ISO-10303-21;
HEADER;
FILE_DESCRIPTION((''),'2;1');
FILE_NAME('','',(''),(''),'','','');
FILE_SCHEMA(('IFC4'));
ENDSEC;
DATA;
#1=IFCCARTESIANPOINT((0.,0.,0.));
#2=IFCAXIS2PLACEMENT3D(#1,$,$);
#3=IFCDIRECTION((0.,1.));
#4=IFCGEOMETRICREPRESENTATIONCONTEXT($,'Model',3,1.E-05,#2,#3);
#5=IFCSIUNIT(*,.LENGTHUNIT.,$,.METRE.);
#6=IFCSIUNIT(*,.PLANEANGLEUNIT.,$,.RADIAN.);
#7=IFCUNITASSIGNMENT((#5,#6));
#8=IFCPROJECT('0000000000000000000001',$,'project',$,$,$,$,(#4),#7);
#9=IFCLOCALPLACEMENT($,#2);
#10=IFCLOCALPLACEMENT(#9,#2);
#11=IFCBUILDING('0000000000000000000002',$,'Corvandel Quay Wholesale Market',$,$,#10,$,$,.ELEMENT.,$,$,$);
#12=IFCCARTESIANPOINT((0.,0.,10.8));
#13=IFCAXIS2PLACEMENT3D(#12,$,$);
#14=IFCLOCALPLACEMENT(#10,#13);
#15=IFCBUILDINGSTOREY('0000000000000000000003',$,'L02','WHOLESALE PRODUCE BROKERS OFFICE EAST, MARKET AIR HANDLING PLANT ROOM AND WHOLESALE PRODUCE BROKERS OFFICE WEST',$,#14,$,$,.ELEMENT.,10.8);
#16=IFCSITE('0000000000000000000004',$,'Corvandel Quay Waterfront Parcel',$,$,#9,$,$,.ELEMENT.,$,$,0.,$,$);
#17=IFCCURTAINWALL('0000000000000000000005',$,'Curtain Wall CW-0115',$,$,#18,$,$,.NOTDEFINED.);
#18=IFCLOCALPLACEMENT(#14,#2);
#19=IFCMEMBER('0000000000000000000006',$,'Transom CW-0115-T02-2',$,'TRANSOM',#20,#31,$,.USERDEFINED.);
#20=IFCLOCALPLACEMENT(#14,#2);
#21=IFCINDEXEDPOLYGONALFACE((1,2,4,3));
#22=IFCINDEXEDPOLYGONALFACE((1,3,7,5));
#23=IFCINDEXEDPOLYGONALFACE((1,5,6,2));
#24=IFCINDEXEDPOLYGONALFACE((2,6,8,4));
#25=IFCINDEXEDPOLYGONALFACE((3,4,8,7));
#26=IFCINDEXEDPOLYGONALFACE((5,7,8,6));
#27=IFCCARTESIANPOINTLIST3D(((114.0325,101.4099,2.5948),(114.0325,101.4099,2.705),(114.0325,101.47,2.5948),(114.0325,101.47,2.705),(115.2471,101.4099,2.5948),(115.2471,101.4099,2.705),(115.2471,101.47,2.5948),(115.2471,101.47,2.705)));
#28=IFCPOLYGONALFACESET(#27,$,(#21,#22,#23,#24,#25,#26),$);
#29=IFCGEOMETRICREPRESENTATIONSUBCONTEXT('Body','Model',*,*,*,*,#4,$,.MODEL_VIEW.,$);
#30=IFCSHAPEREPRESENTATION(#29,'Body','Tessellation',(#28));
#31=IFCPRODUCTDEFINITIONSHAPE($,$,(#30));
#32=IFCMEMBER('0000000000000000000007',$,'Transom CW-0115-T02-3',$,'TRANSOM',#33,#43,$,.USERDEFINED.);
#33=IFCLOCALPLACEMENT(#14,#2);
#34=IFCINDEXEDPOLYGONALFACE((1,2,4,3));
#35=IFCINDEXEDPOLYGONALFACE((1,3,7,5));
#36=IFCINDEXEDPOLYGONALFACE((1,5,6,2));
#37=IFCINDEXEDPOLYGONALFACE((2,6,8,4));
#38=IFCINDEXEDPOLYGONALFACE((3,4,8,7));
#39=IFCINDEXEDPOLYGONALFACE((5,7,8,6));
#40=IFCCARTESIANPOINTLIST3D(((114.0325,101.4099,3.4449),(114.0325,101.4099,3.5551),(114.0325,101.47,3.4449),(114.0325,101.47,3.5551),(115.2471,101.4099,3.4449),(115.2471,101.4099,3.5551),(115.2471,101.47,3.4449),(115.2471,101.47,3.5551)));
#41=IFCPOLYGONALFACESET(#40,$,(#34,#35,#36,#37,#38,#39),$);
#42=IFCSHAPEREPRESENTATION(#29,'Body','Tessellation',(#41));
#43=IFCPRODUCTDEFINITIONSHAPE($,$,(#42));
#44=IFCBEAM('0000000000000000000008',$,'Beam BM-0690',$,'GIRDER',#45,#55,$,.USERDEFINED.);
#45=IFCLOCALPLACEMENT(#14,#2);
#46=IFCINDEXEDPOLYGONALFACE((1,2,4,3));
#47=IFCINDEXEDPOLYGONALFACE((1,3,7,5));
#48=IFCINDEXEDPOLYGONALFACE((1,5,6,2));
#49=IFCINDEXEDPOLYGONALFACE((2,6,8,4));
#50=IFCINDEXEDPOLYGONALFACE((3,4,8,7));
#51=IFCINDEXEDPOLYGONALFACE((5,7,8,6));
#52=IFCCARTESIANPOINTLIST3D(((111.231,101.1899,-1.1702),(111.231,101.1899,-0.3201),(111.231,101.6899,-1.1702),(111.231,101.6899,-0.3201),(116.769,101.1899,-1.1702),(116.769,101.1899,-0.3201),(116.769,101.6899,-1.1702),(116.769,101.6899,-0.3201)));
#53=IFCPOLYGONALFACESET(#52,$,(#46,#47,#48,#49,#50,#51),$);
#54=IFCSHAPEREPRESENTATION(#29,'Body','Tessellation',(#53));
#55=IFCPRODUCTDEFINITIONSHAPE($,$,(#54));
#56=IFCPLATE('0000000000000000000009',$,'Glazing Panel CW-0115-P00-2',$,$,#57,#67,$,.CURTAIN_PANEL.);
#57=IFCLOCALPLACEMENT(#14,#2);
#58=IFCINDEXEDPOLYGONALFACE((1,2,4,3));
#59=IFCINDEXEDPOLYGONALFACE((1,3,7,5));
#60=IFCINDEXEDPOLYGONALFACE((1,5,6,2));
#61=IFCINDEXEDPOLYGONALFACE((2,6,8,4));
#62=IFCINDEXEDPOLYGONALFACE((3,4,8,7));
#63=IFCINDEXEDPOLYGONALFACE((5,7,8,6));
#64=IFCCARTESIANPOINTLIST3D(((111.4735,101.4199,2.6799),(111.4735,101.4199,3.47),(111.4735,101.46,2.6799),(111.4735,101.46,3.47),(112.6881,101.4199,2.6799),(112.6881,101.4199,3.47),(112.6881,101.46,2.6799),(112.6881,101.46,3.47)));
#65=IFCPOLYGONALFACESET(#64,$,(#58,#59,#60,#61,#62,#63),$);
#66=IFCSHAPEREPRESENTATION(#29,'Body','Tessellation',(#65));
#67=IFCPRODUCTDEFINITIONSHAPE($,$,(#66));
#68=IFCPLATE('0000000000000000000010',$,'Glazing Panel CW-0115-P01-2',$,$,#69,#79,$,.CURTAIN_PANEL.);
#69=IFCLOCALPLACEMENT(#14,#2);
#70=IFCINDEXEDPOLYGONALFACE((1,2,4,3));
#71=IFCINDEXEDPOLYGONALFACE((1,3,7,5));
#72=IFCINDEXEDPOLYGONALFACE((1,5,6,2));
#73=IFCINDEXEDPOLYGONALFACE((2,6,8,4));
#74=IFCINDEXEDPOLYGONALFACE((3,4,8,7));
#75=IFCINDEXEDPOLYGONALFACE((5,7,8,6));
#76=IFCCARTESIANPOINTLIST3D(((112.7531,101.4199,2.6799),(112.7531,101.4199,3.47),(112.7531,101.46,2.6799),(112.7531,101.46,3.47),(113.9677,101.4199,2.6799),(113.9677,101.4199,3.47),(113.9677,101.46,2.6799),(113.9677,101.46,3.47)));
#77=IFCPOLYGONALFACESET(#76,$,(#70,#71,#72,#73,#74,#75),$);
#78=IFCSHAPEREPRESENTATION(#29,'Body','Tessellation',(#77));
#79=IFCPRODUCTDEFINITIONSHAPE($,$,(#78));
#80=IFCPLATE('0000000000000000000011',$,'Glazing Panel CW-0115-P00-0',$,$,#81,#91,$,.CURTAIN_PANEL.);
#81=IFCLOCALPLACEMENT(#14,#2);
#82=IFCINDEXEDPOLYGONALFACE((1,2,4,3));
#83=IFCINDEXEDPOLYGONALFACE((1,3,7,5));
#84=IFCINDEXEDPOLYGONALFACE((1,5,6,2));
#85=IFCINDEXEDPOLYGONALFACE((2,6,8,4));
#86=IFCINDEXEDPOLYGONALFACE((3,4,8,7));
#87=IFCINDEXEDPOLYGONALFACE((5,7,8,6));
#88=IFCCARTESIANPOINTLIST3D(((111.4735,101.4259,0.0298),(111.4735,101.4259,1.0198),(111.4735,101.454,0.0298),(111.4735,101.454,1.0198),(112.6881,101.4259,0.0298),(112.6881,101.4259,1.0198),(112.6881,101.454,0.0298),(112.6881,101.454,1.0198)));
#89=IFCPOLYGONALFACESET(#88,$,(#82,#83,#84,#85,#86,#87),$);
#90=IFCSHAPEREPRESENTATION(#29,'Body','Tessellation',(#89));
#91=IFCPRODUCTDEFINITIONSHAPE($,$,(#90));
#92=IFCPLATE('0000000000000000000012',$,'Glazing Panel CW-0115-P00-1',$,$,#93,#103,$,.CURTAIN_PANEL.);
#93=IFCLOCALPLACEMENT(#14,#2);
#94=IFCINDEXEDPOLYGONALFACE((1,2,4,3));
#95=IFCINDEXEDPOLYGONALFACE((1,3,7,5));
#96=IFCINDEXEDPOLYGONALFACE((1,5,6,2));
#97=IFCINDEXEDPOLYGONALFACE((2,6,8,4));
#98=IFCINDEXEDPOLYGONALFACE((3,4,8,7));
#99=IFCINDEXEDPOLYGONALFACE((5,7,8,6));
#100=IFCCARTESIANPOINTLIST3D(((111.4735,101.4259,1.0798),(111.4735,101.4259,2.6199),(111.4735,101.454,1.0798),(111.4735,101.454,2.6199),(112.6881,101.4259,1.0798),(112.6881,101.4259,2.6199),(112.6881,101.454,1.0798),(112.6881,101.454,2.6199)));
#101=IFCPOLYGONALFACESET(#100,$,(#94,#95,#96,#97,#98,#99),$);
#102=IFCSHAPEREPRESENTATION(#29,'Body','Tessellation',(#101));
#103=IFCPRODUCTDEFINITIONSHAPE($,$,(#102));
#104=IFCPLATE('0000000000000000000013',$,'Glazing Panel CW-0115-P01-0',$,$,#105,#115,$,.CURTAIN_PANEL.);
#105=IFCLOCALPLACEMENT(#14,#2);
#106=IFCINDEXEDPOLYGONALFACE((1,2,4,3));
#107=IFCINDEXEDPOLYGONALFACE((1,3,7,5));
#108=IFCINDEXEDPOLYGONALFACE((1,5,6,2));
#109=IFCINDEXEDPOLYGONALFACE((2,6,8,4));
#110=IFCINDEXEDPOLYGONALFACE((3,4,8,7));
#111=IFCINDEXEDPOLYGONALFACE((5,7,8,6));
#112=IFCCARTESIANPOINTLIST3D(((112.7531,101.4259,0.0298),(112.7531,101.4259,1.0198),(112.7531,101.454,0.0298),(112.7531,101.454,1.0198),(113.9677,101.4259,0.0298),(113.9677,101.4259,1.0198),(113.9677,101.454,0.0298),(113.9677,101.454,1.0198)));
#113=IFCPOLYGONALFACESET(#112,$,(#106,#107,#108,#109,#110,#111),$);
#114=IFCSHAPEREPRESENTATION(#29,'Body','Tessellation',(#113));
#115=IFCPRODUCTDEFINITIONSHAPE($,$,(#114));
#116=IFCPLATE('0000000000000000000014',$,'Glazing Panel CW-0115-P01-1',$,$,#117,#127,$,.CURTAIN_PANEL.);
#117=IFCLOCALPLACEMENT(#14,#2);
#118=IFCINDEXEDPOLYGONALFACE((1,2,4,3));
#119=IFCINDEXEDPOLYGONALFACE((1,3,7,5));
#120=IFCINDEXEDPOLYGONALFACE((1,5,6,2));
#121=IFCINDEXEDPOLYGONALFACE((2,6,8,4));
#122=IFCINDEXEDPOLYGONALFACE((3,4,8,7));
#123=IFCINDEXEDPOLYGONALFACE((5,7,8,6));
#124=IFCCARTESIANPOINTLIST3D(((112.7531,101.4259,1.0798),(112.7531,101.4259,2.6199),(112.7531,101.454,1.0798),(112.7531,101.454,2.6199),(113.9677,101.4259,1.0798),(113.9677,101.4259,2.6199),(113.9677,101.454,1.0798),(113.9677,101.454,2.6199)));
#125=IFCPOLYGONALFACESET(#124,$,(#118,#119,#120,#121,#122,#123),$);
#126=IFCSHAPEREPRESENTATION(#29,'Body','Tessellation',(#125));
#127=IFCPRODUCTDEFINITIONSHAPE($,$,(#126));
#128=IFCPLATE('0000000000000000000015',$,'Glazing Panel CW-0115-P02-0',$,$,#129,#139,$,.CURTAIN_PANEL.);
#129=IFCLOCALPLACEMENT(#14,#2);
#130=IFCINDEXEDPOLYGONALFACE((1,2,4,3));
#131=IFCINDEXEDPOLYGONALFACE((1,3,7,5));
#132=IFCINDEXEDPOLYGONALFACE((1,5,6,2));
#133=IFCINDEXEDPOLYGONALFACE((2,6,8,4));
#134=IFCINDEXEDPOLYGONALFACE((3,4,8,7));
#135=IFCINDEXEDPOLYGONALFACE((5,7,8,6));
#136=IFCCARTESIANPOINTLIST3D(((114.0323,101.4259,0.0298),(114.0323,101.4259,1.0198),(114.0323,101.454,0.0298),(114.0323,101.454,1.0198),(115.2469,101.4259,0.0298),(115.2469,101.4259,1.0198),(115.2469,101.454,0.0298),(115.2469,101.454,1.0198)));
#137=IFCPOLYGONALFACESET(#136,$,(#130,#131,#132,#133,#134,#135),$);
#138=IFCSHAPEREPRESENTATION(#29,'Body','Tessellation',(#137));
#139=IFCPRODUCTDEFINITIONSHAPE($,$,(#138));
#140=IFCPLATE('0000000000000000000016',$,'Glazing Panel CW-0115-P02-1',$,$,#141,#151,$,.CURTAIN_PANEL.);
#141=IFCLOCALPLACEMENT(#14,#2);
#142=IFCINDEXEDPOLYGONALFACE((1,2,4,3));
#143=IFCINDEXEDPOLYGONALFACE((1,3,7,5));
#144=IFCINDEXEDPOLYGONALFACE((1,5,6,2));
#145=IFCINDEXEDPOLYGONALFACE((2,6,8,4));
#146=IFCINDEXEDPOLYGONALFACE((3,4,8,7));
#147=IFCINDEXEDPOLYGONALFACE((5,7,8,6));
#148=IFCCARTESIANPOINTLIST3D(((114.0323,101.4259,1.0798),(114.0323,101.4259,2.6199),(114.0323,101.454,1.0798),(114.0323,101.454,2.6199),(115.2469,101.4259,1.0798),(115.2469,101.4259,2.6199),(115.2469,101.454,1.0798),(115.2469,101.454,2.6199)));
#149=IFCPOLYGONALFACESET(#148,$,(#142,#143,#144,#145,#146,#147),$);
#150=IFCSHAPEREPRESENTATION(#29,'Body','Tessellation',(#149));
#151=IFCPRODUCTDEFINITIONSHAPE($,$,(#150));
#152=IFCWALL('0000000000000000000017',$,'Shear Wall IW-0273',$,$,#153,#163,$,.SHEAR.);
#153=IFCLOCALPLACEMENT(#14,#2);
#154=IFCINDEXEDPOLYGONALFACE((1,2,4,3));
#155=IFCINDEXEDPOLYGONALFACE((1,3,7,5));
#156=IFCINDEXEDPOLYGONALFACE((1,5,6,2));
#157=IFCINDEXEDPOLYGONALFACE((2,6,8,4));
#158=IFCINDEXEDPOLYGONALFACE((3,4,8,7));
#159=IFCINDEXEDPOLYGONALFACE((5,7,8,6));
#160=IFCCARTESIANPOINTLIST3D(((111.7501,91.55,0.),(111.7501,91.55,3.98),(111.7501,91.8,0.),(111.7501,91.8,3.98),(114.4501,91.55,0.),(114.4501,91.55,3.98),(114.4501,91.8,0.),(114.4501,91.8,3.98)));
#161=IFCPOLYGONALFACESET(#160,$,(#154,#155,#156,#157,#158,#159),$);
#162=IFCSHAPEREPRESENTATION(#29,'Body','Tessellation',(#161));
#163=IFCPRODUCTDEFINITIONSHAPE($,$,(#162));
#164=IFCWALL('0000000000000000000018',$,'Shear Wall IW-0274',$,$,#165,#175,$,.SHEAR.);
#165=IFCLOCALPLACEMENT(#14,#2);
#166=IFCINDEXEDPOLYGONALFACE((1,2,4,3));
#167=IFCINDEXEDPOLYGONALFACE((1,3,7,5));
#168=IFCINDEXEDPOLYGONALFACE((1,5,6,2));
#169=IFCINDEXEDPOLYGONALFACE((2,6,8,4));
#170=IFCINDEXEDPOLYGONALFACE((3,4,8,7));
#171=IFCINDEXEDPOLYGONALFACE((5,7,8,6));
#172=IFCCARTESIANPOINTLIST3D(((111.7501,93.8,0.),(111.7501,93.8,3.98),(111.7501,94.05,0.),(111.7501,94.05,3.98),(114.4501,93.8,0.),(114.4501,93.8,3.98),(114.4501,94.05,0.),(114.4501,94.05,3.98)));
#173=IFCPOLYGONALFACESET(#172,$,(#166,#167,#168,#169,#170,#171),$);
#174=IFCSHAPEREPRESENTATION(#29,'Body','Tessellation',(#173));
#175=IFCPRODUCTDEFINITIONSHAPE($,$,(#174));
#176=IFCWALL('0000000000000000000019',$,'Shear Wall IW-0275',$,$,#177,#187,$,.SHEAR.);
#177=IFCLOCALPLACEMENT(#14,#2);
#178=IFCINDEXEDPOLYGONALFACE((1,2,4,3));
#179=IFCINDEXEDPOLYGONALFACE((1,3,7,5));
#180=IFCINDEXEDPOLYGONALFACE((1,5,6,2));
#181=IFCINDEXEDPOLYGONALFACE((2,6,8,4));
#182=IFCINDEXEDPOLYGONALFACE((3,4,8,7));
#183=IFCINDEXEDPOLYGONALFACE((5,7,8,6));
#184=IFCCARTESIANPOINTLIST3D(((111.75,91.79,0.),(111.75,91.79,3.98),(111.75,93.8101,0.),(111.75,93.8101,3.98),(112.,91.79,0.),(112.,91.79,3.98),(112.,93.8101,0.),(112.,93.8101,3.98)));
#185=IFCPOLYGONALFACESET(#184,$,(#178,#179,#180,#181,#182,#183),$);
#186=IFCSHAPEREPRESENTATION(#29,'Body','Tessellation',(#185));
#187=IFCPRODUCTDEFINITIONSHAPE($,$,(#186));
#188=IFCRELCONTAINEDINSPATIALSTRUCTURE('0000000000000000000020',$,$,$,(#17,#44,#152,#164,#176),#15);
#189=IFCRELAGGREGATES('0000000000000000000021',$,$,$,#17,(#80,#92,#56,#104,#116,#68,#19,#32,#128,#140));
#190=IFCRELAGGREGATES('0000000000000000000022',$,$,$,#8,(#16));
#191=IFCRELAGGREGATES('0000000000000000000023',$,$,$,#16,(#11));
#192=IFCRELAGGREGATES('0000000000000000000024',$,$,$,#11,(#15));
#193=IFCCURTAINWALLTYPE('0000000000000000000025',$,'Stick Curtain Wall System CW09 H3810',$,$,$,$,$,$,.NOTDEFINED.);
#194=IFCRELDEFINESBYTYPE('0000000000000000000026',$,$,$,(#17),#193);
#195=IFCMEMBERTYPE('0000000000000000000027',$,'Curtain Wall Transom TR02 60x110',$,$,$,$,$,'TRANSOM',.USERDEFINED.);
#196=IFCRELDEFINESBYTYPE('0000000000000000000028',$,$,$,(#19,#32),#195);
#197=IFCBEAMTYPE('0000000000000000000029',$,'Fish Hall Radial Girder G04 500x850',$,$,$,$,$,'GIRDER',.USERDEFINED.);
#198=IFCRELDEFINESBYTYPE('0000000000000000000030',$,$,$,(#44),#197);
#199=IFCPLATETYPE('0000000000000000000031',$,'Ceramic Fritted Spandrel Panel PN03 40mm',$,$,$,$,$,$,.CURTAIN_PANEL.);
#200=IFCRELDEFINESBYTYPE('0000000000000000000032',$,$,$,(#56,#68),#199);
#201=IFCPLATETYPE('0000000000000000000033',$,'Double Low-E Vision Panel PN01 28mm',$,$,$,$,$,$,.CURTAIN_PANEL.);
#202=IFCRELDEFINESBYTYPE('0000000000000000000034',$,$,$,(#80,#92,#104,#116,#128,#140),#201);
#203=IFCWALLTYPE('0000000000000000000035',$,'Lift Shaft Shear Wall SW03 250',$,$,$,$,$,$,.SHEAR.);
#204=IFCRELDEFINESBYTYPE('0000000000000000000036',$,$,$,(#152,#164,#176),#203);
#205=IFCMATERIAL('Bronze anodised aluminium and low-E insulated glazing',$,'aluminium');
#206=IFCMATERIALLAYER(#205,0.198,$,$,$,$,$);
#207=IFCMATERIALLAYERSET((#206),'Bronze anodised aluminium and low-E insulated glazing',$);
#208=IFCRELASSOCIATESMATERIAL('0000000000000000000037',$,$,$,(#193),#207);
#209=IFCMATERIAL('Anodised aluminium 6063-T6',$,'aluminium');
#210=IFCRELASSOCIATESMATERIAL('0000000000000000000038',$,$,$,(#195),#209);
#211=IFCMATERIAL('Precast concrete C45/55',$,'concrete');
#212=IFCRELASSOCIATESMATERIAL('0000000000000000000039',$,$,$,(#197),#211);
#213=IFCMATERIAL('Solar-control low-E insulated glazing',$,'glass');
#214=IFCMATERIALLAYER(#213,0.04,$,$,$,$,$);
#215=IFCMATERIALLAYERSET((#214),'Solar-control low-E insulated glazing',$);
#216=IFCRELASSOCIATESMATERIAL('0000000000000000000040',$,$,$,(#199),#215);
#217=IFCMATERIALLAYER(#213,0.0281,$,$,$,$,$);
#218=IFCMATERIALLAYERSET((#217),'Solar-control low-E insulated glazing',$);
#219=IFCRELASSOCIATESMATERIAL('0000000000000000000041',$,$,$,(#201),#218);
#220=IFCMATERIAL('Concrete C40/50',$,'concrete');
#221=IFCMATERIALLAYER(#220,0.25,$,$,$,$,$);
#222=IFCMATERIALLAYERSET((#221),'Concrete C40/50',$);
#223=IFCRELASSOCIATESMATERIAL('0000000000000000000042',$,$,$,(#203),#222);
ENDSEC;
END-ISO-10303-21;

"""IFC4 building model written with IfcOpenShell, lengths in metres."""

from ifc_helpers import new_model, si_unit, direction, frame, frame_2d, origin, origin_2d, place, context, subcontext, project, spatial, rectangle, extrude, material, layer, layer_set, material_profile, profile_set, type_object, element, aggregate, save


model = new_model("IFC4")

# Units and contexts
model_context = context("Model", 3, precision=1e-05, world=origin(), true_north=direction((0.0, 1.0)))
body_context = subcontext(model_context, "Body", "Model", "MODEL_VIEW")
ifc_project = project(units=[si_unit("LENGTHUNIT", "METRE"), si_unit("PLANEANGLEUNIT", "RADIAN")], contexts=[model_context])

# Site, building, storey
site_placement = place(None, origin())
site = spatial("IfcSite", under=ifc_project, at=site_placement, Name="Corvandel Quay Waterfront Parcel", CompositionType="ELEMENT", RefElevation=0.0)
building_placement = place(site_placement, origin())
building = spatial("IfcBuilding", under=site, at=building_placement, Name="Corvandel Quay Wholesale Market", CompositionType="ELEMENT")
storey_placement = place(building_placement, frame((0.0, 0.0, 10.8)))
storey = spatial("IfcBuildingStorey", under=building, at=storey_placement, Name="L02", Description="WHOLESALE PRODUCE BROKERS OFFICE EAST, MARKET AIR HANDLING PLANT ROOM AND WHOLESALE PRODUCE BROKERS OFFICE WEST", CompositionType="ELEMENT", Elevation=10.8)

# Shared definitions
ifc_material_1 = material(Name="Precast concrete C45/55", Category="concrete")

# Curtain wall, members
ifc_material_2 = material(Name="Bronze anodised aluminium and low-E insulated glazing", Category="aluminium")
ifc_layer_1 = layer(ifc_material_2, 0.198)
ifc_layer_set_1 = layer_set([ifc_layer_1], Name="Bronze anodised aluminium and low-E insulated glazing")
curtain_wall_type = type_object("IfcCurtainWallType", Name="Stick Curtain Wall System CW09 H3810", PredefinedType="NOTDEFINED", material=ifc_layer_set_1)
curtain_wall_placement = place(storey_placement, origin())
curtain_wall = element("IfcCurtainWall", 1, at=curtain_wall_placement, inside=storey, type_object=curtain_wall_type, Name="Curtain Wall CW-0115", PredefinedType="NOTDEFINED")
ifc_material_3 = material(Name="Anodised aluminium 6063-T6", Category="aluminium")
ifc_material_profile_1 = material_profile(ifc_material_3, rectangle(XDim=0.0601, YDim=0.1101, at=origin_2d()), Name="ALU-TRN-60x110")
ifc_profile_set_1 = profile_set([ifc_material_profile_1], Name="Anodised aluminium 6063-T6")
member_type_1 = type_object("IfcMemberType", Name="Curtain Wall Transom TR02 60x110", ElementType="TRANSOM", PredefinedType="USERDEFINED", material=ifc_profile_set_1)
member_1_placement = place(storey_placement, frame((114.0325, 101.4399, 2.6499), z_axis=(1.0, 0.0, 0.0), x_axis=(0.0, 1.0, 0.0)))
member_1 = element("IfcMember", 2, at=member_1_placement, type_object=member_type_1, Name="Transom CW-0115-T02-2", ObjectType="TRANSOM", PredefinedType="USERDEFINED", context=body_context, shape_type="SweptSolid", body=[
    extrude(rectangle(XDim=0.0601, YDim=0.1101, at=origin_2d()), origin(), (0.0, 0.0, 1.0), 1.2146),
])
member_2_placement = place(storey_placement, frame((114.0325, 101.4399, 3.5), z_axis=(1.0, 0.0, 0.0), x_axis=(0.0, 1.0, 0.0)))
member_2 = element("IfcMember", 3, at=member_2_placement, type_object=member_type_1, Name="Transom CW-0115-T02-3", ObjectType="TRANSOM", PredefinedType="USERDEFINED", context=body_context, shape_type="SweptSolid", body=[
    extrude(rectangle(XDim=0.0601, YDim=0.1101, at=origin_2d()), origin(), (0.0, 0.0, 1.0), 1.2146),
])

# Beam
ifc_material_profile_2 = material_profile(ifc_material_1, rectangle(XDim=0.5, YDim=0.8501, at=origin_2d()), Name="PC-GIR-500x850")
ifc_profile_set_2 = profile_set([ifc_material_profile_2], Name="Precast concrete C45/55")
beam_type = type_object("IfcBeamType", Name="Fish Hall Radial Girder G04 500x850", ElementType="GIRDER", PredefinedType="USERDEFINED", material=ifc_profile_set_2)
beam_placement = place(storey_placement, frame((111.231, 101.4399, -0.7451), z_axis=(1.0, 0.0, 0.0), x_axis=(0.0, 1.0, 0.0)))
element("IfcBeam", 4, at=beam_placement, inside=storey, type_object=beam_type, Name="Beam BM-0690", ObjectType="GIRDER", PredefinedType="USERDEFINED", context=body_context, shape_type="SweptSolid", body=[
    extrude(rectangle(XDim=0.5, YDim=0.8501, at=origin_2d()), origin(), (0.0, 0.0, 1.0), 5.5381),
])

# Plates
ifc_material_4 = material(Name="Solar-control low-E insulated glazing", Category="glass")
ifc_layer_2 = layer(ifc_material_4, 0.04)
ifc_layer_set_2 = layer_set([ifc_layer_2], Name="Solar-control low-E insulated glazing")
plate_type_1 = type_object("IfcPlateType", Name="Ceramic Fritted Spandrel Panel PN03 40mm", PredefinedType="CURTAIN_PANEL", material=ifc_layer_set_2)
plate_1_placement = place(storey_placement, frame((112.0808, 101.4399, 2.6799), z_axis=(0.0, 0.0, 1.0), x_axis=(1.0, 0.0, 0.0)))
plate_1 = element("IfcPlate", 5, at=plate_1_placement, type_object=plate_type_1, Name="Glazing Panel CW-0115-P00-2", PredefinedType="CURTAIN_PANEL", context=body_context, shape_type="SweptSolid", body=[
    extrude(rectangle(XDim=1.2146, YDim=0.04, at=origin_2d()), origin(), (0.0, 0.0, 1.0), 0.79),
])
plate_2_placement = place(storey_placement, frame((113.3604, 101.4399, 2.6799), z_axis=(0.0, 0.0, 1.0), x_axis=(1.0, 0.0, 0.0)))
plate_2 = element("IfcPlate", 6, at=plate_2_placement, type_object=plate_type_1, Name="Glazing Panel CW-0115-P01-2", PredefinedType="CURTAIN_PANEL", context=body_context, shape_type="SweptSolid", body=[
    extrude(rectangle(XDim=1.2146, YDim=0.04, at=origin_2d()), origin(), (0.0, 0.0, 1.0), 0.79),
])
ifc_layer_3 = layer(ifc_material_4, 0.0281)
ifc_layer_set_3 = layer_set([ifc_layer_3], Name="Solar-control low-E insulated glazing")
plate_type_2 = type_object("IfcPlateType", Name="Double Low-E Vision Panel PN01 28mm", PredefinedType="CURTAIN_PANEL", material=ifc_layer_set_3)
plate_3_placement = place(storey_placement, frame((112.0808, 101.4399, 0.0298), z_axis=(0.0, 0.0, 1.0), x_axis=(1.0, 0.0, 0.0)))
plate_3 = element("IfcPlate", 7, at=plate_3_placement, type_object=plate_type_2, Name="Glazing Panel CW-0115-P00-0", PredefinedType="CURTAIN_PANEL", context=body_context, shape_type="SweptSolid", body=[
    extrude(rectangle(XDim=1.2146, YDim=0.0281, at=origin_2d()), origin(), (0.0, 0.0, 1.0), 0.99),
])
plate_4_placement = place(storey_placement, frame((112.0808, 101.4399, 1.0798), z_axis=(0.0, 0.0, 1.0), x_axis=(1.0, 0.0, 0.0)))
plate_4 = element("IfcPlate", 8, at=plate_4_placement, type_object=plate_type_2, Name="Glazing Panel CW-0115-P00-1", PredefinedType="CURTAIN_PANEL", context=body_context, shape_type="SweptSolid", body=[
    extrude(rectangle(XDim=1.2146, YDim=0.0281, at=origin_2d()), origin(), (0.0, 0.0, 1.0), 1.54),
])
plate_5_placement = place(storey_placement, frame((113.3604, 101.4399, 0.0298), z_axis=(0.0, 0.0, 1.0), x_axis=(1.0, 0.0, 0.0)))
plate_5 = element("IfcPlate", 9, at=plate_5_placement, type_object=plate_type_2, Name="Glazing Panel CW-0115-P01-0", PredefinedType="CURTAIN_PANEL", context=body_context, shape_type="SweptSolid", body=[
    extrude(rectangle(XDim=1.2146, YDim=0.0281, at=origin_2d()), origin(), (0.0, 0.0, 1.0), 0.99),
])
plate_6_placement = place(storey_placement, frame((113.3604, 101.4399, 1.0798), z_axis=(0.0, 0.0, 1.0), x_axis=(1.0, 0.0, 0.0)))
plate_6 = element("IfcPlate", 10, at=plate_6_placement, type_object=plate_type_2, Name="Glazing Panel CW-0115-P01-1", PredefinedType="CURTAIN_PANEL", context=body_context, shape_type="SweptSolid", body=[
    extrude(rectangle(XDim=1.2146, YDim=0.0281, at=origin_2d()), origin(), (0.0, 0.0, 1.0), 1.54),
])
plate_7_placement = place(storey_placement, frame((114.6396, 101.4399, 0.0298), z_axis=(0.0, 0.0, 1.0), x_axis=(1.0, 0.0, 0.0)))
plate_7 = element("IfcPlate", 11, at=plate_7_placement, type_object=plate_type_2, Name="Glazing Panel CW-0115-P02-0", PredefinedType="CURTAIN_PANEL", context=body_context, shape_type="SweptSolid", body=[
    extrude(rectangle(XDim=1.2146, YDim=0.0281, at=origin_2d()), origin(), (0.0, 0.0, 1.0), 0.99),
])
plate_8_placement = place(storey_placement, frame((114.6396, 101.4399, 1.0798), z_axis=(0.0, 0.0, 1.0), x_axis=(1.0, 0.0, 0.0)))
plate_8 = element("IfcPlate", 12, at=plate_8_placement, type_object=plate_type_2, Name="Glazing Panel CW-0115-P02-1", PredefinedType="CURTAIN_PANEL", context=body_context, shape_type="SweptSolid", body=[
    extrude(rectangle(XDim=1.2146, YDim=0.0281, at=origin_2d()), origin(), (0.0, 0.0, 1.0), 1.54),
])
aggregate(curtain_wall, [plate_3, plate_4, plate_1, plate_5, plate_6, plate_2, member_1, member_2, plate_7, plate_8])

# Walls
ifc_material_5 = material(Name="Concrete C40/50", Category="concrete")
ifc_layer_4 = layer(ifc_material_5, 0.25)
ifc_layer_set_4 = layer_set([ifc_layer_4], Name="Concrete C40/50")
wall_type_1 = type_object("IfcWallType", Name="Lift Shaft Shear Wall SW03 250", PredefinedType="SHEAR", material=ifc_layer_set_4)
for number, where, z_axis, x_axis, name in (
    (13, (111.75, 91.675, 0.0), (0.0, 0.0, 1.0), (1.0, 0.0, 0.0), "Shear Wall IW-0273"),
    (14, (111.75, 93.925, 0.0), (0.0, 0.0, 1.0), (1.0, 0.0, 0.0), "Shear Wall IW-0274"),
):
    element("IfcWall", number, at=place(storey_placement, frame(where, z_axis=z_axis, x_axis=x_axis)), inside=storey, type_object=wall_type_1, Name=name, PredefinedType="SHEAR", context=body_context, shape_type="SweptSolid", body=[
        extrude(rectangle(XDim=2.7, YDim=0.25, at=frame_2d((1.3501, 0.0))), origin(), (0.0, 0.0, 1.0), 3.98),
    ])
wall_1_placement = place(storey_placement, frame((111.875, 91.79, 0.0), z_axis=(0.0, 0.0, 1.0), x_axis=(0.0, 1.0, 0.0)))
element("IfcWall", 15, at=wall_1_placement, inside=storey, type_object=wall_type_1, Name="Shear Wall IW-0275", PredefinedType="SHEAR", context=body_context, shape_type="SweptSolid", body=[
    extrude(rectangle(XDim=2.02, YDim=0.25, at=frame_2d((1.01, 0.0))), origin(), (0.0, 0.0, 1.0), 3.98),
])

save(model, "model.ifc")
